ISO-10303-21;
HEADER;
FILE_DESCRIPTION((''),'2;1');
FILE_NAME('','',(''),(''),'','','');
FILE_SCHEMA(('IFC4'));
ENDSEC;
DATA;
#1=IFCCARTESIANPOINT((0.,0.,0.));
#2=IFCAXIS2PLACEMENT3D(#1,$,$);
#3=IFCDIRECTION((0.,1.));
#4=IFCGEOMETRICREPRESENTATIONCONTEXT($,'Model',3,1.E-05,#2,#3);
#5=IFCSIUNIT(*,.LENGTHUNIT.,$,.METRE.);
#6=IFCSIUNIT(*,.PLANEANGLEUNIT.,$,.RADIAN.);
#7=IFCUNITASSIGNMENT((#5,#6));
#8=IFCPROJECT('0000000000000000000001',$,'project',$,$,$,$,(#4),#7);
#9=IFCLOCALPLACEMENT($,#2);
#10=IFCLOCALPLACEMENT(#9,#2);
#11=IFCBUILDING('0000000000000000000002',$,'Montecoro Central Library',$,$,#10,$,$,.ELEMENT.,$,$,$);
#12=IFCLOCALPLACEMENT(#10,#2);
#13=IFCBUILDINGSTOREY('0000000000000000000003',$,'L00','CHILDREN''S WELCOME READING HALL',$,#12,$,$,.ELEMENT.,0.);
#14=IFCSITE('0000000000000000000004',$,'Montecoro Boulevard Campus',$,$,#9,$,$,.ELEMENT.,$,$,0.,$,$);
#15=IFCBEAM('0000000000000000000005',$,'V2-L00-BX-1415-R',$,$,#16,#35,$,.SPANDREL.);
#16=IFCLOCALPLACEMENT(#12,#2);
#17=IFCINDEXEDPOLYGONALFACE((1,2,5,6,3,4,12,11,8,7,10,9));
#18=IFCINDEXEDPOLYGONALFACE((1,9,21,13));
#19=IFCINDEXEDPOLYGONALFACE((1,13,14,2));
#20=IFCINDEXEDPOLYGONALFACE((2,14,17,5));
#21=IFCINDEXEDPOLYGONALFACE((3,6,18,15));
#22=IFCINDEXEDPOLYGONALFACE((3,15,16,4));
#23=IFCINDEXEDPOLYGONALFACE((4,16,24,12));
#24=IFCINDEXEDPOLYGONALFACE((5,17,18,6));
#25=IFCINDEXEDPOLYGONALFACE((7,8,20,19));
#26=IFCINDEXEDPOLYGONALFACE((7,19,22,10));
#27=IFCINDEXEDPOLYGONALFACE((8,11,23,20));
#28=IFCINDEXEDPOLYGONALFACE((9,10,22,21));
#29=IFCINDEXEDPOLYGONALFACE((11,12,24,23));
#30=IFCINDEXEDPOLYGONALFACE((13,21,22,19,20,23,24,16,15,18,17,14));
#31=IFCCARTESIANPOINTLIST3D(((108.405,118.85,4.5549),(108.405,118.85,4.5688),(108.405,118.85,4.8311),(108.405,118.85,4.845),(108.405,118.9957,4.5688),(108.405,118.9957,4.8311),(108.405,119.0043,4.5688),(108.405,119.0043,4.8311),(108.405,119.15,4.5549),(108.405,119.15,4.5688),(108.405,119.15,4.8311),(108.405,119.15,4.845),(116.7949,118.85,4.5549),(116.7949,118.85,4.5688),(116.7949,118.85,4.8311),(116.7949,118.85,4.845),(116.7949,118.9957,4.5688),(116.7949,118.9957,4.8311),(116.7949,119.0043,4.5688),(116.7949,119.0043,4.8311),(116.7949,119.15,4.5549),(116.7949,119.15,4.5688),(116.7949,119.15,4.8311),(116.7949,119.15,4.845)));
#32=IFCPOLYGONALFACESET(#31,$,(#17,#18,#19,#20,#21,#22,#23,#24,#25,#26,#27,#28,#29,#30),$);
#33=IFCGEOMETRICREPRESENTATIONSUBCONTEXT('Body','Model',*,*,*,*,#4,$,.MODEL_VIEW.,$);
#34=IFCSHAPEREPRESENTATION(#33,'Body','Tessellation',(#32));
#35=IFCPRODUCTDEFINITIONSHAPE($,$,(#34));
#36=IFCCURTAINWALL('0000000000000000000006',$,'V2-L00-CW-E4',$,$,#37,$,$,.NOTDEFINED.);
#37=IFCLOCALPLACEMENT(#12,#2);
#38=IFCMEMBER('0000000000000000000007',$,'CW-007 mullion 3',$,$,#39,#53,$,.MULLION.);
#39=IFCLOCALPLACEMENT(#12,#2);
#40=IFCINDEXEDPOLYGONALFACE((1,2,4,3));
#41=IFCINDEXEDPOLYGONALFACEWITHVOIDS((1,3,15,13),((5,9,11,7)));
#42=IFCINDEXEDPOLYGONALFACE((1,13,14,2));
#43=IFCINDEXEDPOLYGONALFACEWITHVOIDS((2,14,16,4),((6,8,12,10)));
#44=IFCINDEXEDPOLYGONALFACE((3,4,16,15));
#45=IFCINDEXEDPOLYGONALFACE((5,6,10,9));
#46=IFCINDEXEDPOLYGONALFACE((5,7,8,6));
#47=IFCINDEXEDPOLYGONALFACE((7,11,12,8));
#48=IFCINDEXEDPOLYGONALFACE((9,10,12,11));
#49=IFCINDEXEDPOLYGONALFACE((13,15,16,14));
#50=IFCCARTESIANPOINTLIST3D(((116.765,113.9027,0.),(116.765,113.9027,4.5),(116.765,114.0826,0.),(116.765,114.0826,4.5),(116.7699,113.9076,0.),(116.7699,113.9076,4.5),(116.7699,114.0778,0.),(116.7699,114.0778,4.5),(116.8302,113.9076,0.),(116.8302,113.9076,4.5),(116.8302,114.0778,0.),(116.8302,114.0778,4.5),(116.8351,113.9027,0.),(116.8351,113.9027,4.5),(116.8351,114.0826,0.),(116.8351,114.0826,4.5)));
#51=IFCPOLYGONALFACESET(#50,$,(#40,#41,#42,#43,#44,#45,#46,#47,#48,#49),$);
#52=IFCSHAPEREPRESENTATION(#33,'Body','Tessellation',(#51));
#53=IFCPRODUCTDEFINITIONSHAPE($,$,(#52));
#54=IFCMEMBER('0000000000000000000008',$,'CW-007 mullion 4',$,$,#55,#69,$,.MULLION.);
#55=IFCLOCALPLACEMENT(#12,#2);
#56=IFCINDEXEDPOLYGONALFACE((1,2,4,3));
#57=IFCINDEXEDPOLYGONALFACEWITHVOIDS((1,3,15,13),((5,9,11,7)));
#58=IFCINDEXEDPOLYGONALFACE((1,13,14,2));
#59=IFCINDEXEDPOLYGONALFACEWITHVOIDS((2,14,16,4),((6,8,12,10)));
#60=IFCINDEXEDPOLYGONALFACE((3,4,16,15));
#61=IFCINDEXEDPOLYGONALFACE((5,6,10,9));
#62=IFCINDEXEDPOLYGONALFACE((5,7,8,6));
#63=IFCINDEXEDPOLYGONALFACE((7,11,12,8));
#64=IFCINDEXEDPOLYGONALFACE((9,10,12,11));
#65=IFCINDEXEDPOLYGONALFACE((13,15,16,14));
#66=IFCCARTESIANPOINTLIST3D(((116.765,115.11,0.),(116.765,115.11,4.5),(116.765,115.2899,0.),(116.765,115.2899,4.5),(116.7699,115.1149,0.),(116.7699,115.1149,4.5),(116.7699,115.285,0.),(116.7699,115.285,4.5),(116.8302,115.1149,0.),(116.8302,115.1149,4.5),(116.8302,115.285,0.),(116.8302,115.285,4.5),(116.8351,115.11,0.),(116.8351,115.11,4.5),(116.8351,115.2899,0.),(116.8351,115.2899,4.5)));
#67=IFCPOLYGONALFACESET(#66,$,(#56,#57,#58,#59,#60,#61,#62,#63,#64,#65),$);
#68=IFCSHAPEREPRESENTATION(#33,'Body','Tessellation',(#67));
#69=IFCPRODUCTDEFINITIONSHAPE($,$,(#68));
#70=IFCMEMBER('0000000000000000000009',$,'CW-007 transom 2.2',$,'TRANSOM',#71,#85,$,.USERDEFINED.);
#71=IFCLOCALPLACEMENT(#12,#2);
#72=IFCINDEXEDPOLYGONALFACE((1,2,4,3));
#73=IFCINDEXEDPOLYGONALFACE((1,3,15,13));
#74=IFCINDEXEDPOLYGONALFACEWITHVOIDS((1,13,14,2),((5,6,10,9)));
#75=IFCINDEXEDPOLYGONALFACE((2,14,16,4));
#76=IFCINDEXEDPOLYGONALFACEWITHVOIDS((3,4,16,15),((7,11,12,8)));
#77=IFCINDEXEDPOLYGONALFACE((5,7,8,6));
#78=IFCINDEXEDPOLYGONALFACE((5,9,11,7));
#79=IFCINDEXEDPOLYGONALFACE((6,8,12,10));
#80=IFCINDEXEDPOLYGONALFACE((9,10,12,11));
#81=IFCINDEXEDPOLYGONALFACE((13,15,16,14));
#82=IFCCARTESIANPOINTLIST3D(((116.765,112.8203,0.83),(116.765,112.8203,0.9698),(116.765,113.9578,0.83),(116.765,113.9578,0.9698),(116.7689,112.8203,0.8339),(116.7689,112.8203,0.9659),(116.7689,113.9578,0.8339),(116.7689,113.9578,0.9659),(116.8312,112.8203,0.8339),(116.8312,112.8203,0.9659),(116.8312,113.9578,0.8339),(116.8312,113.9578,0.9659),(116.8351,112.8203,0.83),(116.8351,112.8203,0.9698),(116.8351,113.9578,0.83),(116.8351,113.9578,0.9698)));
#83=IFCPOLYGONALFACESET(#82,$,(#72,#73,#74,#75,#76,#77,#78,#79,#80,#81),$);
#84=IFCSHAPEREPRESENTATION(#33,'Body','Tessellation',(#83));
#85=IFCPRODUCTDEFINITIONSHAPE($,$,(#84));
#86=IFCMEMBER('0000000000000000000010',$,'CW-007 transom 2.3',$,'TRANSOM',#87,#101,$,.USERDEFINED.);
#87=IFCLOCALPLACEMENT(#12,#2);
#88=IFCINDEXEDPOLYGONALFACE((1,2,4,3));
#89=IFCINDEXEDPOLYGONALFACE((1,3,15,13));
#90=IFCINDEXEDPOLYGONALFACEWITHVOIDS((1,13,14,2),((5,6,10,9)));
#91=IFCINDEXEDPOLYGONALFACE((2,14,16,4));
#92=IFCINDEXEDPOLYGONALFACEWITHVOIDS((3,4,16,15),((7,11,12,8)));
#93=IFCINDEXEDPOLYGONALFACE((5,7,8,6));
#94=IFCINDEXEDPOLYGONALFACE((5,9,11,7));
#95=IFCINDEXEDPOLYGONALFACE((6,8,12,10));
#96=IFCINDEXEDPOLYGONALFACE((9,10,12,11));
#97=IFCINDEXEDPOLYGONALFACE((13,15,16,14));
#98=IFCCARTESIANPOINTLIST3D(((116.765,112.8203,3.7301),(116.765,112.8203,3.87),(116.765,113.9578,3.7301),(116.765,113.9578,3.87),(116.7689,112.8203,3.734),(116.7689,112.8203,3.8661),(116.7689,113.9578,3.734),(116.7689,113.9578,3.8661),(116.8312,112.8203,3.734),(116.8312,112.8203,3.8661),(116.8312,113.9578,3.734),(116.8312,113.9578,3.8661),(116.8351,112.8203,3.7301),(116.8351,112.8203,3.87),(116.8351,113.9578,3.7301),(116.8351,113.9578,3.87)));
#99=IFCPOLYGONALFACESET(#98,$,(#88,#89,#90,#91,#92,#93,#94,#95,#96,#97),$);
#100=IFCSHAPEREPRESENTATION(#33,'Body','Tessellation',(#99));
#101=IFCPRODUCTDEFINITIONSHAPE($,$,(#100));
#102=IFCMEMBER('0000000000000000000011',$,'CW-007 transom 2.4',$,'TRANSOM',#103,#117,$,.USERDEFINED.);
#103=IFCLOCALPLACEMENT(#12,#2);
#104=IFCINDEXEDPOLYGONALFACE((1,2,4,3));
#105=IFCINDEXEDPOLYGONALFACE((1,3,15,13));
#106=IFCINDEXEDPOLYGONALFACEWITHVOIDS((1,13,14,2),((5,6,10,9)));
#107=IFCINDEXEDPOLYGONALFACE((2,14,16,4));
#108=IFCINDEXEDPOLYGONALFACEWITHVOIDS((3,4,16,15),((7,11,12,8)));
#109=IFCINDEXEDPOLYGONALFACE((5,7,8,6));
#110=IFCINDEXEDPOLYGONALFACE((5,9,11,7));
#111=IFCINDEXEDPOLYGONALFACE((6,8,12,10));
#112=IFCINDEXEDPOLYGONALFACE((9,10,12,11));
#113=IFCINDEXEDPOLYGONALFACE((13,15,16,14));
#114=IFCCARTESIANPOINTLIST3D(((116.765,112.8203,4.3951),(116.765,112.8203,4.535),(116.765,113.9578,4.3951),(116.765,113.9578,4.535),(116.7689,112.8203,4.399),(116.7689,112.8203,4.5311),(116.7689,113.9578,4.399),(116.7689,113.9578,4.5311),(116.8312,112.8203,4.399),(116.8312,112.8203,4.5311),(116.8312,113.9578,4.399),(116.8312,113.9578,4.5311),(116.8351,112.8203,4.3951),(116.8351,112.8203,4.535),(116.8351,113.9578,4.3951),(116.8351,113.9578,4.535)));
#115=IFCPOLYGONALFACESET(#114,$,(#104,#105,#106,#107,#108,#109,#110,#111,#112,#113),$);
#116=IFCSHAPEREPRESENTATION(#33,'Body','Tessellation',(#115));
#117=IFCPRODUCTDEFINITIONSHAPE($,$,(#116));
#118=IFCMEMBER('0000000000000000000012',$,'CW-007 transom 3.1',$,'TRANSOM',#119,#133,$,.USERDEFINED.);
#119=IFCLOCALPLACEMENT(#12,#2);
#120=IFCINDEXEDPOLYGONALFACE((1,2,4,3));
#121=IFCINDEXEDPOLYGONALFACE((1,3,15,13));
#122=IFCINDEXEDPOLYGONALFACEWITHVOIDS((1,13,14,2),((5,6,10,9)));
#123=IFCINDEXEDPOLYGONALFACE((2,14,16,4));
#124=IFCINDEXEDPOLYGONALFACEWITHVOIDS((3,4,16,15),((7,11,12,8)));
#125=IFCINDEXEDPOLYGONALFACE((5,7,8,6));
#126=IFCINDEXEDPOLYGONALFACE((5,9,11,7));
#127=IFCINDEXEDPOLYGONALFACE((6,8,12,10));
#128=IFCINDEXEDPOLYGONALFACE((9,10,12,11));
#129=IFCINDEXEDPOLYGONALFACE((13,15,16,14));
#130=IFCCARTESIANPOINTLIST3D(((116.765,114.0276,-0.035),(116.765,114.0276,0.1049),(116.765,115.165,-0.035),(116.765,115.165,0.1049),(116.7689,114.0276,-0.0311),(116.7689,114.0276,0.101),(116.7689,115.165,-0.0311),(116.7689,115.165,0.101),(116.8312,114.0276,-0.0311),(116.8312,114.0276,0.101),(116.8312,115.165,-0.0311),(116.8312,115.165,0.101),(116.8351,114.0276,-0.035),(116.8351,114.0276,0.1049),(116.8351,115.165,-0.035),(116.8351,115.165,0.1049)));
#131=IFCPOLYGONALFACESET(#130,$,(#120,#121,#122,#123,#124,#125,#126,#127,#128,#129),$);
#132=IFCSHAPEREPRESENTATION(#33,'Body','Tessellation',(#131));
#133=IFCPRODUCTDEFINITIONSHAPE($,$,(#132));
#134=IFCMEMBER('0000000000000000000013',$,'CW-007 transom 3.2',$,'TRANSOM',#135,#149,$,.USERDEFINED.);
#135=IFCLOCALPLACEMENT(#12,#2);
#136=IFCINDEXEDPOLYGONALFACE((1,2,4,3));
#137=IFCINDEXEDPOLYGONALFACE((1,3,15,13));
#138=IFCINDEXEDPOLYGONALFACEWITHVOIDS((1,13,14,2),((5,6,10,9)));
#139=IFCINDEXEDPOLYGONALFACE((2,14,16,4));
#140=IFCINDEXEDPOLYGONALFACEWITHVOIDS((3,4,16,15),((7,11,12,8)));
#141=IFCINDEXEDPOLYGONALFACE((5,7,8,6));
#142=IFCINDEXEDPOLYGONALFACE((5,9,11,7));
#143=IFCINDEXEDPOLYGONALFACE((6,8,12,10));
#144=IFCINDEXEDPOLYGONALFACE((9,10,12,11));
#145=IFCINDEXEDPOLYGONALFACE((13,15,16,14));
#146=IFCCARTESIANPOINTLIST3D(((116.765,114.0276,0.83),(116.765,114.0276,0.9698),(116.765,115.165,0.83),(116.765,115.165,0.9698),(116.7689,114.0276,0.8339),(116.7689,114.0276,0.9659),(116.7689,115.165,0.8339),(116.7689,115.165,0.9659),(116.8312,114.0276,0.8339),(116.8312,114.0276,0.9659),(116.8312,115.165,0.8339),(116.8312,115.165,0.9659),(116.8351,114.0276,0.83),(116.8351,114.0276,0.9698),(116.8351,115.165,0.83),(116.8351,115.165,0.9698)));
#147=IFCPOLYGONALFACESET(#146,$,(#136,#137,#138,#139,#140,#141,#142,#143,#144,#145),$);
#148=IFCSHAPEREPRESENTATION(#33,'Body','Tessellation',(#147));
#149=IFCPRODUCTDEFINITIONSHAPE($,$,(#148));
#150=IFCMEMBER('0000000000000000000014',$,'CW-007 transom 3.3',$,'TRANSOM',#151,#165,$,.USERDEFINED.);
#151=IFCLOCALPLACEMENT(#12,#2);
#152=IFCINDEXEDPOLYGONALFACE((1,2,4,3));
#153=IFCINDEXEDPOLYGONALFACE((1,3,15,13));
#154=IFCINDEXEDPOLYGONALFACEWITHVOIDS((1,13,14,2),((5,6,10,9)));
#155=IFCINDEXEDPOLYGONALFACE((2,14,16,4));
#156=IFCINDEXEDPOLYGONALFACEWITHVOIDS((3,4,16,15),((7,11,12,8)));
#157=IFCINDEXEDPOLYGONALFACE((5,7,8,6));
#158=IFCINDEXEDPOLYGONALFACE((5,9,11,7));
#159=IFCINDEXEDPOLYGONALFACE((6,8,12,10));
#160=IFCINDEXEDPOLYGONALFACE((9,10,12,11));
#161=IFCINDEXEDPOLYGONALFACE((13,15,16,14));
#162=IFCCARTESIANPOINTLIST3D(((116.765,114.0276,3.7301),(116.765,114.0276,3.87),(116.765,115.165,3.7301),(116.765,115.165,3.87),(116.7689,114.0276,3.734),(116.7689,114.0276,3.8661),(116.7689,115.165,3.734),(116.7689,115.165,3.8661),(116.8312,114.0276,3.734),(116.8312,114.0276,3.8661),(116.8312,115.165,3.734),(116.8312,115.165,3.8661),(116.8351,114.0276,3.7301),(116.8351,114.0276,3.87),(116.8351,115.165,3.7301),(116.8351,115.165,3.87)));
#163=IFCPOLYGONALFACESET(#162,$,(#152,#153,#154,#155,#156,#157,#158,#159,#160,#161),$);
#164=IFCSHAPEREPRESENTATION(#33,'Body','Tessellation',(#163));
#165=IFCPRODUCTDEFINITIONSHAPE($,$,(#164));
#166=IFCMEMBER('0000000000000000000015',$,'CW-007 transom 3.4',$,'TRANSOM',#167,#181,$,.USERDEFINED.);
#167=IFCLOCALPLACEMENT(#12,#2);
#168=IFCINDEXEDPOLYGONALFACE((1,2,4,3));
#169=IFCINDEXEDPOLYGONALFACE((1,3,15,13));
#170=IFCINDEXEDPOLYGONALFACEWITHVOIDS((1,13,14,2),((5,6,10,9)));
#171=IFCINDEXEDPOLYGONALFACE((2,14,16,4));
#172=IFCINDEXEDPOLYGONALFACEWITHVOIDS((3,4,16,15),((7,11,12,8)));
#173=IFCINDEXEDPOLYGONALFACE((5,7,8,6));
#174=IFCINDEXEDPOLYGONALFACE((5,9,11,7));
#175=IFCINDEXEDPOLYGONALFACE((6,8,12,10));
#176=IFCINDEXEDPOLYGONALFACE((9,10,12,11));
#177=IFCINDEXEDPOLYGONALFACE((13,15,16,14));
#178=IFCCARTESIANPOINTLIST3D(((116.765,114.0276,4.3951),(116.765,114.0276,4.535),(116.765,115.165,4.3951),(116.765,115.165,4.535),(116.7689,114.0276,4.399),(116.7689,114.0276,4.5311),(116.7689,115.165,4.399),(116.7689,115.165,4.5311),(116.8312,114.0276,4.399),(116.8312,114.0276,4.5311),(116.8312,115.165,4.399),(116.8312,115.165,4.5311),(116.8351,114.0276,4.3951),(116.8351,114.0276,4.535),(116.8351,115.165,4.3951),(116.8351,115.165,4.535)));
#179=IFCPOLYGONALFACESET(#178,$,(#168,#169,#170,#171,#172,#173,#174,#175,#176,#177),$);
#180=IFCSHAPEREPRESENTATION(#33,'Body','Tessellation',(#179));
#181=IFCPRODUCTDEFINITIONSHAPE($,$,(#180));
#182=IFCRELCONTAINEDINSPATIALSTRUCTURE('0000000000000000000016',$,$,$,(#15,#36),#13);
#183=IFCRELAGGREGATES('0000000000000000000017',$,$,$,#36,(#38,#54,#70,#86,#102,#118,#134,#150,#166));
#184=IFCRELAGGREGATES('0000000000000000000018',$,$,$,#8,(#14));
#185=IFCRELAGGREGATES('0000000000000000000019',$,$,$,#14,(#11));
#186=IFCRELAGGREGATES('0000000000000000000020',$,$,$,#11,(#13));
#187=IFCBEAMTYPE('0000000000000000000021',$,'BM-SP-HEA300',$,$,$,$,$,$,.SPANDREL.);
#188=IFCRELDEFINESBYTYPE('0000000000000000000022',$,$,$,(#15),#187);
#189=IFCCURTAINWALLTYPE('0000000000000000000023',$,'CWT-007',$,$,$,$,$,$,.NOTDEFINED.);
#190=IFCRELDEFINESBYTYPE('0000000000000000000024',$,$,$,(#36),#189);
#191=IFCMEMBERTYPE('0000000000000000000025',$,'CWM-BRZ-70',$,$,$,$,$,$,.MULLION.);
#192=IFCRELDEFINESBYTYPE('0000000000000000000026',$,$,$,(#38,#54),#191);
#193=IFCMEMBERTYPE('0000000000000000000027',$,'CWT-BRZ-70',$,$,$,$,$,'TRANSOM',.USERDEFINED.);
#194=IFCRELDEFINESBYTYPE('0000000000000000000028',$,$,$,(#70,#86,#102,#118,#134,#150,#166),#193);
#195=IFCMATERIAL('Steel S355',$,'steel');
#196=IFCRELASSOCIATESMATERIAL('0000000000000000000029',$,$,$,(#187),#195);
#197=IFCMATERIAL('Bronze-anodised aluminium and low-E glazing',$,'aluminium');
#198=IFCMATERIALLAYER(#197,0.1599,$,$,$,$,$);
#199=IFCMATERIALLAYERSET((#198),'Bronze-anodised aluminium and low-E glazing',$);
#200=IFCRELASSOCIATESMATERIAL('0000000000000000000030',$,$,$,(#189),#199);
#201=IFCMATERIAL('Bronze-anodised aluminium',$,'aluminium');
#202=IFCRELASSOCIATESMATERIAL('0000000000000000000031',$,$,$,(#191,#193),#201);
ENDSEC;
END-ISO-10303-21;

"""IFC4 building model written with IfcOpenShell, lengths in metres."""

from ifc_helpers import new_model, si_unit, direction, frame, origin, origin_2d, place, context, subcontext, project, spatial, hollow_rectangle, i_section, extrude, material, layer, layer_set, material_profile, profile_set, type_object, element, aggregate, save


model = new_model("IFC4")

# Units and contexts
model_context = context("Model", 3, precision=1e-05, world=origin(), true_north=direction((0.0, 1.0)))
body_context = subcontext(model_context, "Body", "Model", "MODEL_VIEW")
ifc_project = project(units=[si_unit("LENGTHUNIT", "METRE"), si_unit("PLANEANGLEUNIT", "RADIAN")], contexts=[model_context])

# Site, building, storey
site_placement = place(None, origin())
site = spatial("IfcSite", under=ifc_project, at=site_placement, Name="Montecoro Boulevard Campus", CompositionType="ELEMENT", RefElevation=0.0)
building_placement = place(site_placement, origin())
building = spatial("IfcBuilding", under=site, at=building_placement, Name="Montecoro Central Library", CompositionType="ELEMENT")
storey_placement = place(building_placement, origin())
storey = spatial("IfcBuildingStorey", under=building, at=storey_placement, Name="L00", Description="CHILDREN'S WELCOME READING HALL", CompositionType="ELEMENT", Elevation=0.0)

# Beam
ifc_material_1 = material(Name="Steel S355", Category="steel")
ifc_material_profile_1 = material_profile(ifc_material_1, i_section(OverallWidth=0.3, OverallDepth=0.29, WebThickness=0.0085, FlangeThickness=0.0139, at=origin_2d()), Name="HEA 300")
ifc_profile_set_1 = profile_set([ifc_material_profile_1], Name="Steel S355")
beam_type = type_object("IfcBeamType", Name="BM-SP-HEA300", PredefinedType="SPANDREL", material=ifc_profile_set_1)
beam_placement = place(storey_placement, frame((108.405, 119.0, 4.7), z_axis=(1.0, 0.0, 0.0), x_axis=(0.0, 1.0, 0.0)))
element("IfcBeam", 1, at=beam_placement, inside=storey, type_object=beam_type, Name="V2-L00-BX-1415-R", PredefinedType="SPANDREL", context=body_context, shape_type="SweptSolid", body=[
    extrude(i_section(OverallWidth=0.3, OverallDepth=0.29, WebThickness=0.0085, FlangeThickness=0.0139, at=origin_2d()), origin(), (0.0, 0.0, 1.0), 8.3899),
])

# Curtain wall, members
ifc_material_2 = material(Name="Bronze-anodised aluminium and low-E glazing", Category="aluminium")
ifc_layer_1 = layer(ifc_material_2, 0.1599)
ifc_layer_set_1 = layer_set([ifc_layer_1], Name="Bronze-anodised aluminium and low-E glazing")
curtain_wall_type = type_object("IfcCurtainWallType", Name="CWT-007", PredefinedType="NOTDEFINED", material=ifc_layer_set_1)
curtain_wall_placement = place(storey_placement, origin())
curtain_wall = element("IfcCurtainWall", 2, at=curtain_wall_placement, inside=storey, type_object=curtain_wall_type, Name="V2-L00-CW-E4", PredefinedType="NOTDEFINED")
ifc_material_3 = material(Name="Bronze-anodised aluminium", Category="aluminium")
ifc_material_profile_2 = material_profile(ifc_material_3, hollow_rectangle(XDim=0.0701, YDim=0.1799, WallThickness=0.0049, at=origin_2d()), Name="CWM 180x70x5.0")
ifc_profile_set_2 = profile_set([ifc_material_profile_2], Name="Bronze-anodised aluminium")
member_type_1 = type_object("IfcMemberType", Name="CWM-BRZ-70", PredefinedType="MULLION", material=ifc_profile_set_2)
member_1_placement = place(storey_placement, frame((116.8, 113.9927, 0.0), z_axis=(0.0, 0.0, 1.0), x_axis=(-1.0, 0.0, 0.0)))
member_1 = element("IfcMember", 3, at=member_1_placement, type_object=member_type_1, Name="CW-007 mullion 3", PredefinedType="MULLION", context=body_context, shape_type="SweptSolid", body=[
    extrude(hollow_rectangle(XDim=0.0701, YDim=0.1799, WallThickness=0.0049, at=origin_2d()), origin(), (0.0, 0.0, 1.0), 4.5),
])
member_2_placement = place(storey_placement, frame((116.8, 115.2, 0.0), z_axis=(0.0, 0.0, 1.0), x_axis=(-1.0, 0.0, 0.0)))
member_2 = element("IfcMember", 4, at=member_2_placement, type_object=member_type_1, Name="CW-007 mullion 4", PredefinedType="MULLION", context=body_context, shape_type="SweptSolid", body=[
    extrude(hollow_rectangle(XDim=0.0701, YDim=0.1799, WallThickness=0.0049, at=origin_2d()), origin(), (0.0, 0.0, 1.0), 4.5),
])
ifc_material_profile_3 = material_profile(ifc_material_3, hollow_rectangle(XDim=0.0701, YDim=0.1399, WallThickness=0.0039, at=origin_2d()), Name="CWT 140x70x4.0")
ifc_profile_set_3 = profile_set([ifc_material_profile_3], Name="Bronze-anodised aluminium")
member_type_2 = type_object("IfcMemberType", Name="CWT-BRZ-70", ElementType="TRANSOM", PredefinedType="USERDEFINED", material=ifc_profile_set_3)
member_3_placement = place(storey_placement, frame((116.8, 112.8203, 0.8999), z_axis=(0.0, 1.0, 0.0), x_axis=(-1.0, 0.0, 0.0)))
member_3 = element("IfcMember", 5, at=member_3_placement, type_object=member_type_2, Name="CW-007 transom 2.2", ObjectType="TRANSOM", PredefinedType="USERDEFINED", context=body_context, shape_type="SweptSolid", body=[
    extrude(hollow_rectangle(XDim=0.0701, YDim=0.1399, WallThickness=0.0039, at=origin_2d()), origin(), (0.0, 0.0, 1.0), 1.1375),
])
member_4_placement = place(storey_placement, frame((116.8, 112.8203, 3.8), z_axis=(0.0, 1.0, 0.0), x_axis=(-1.0, 0.0, 0.0)))
member_4 = element("IfcMember", 6, at=member_4_placement, type_object=member_type_2, Name="CW-007 transom 2.3", ObjectType="TRANSOM", PredefinedType="USERDEFINED", context=body_context, shape_type="SweptSolid", body=[
    extrude(hollow_rectangle(XDim=0.0701, YDim=0.1399, WallThickness=0.0039, at=origin_2d()), origin(), (0.0, 0.0, 1.0), 1.1375),
])
member_5_placement = place(storey_placement, frame((116.8, 112.8203, 4.4651), z_axis=(0.0, 1.0, 0.0), x_axis=(-1.0, 0.0, 0.0)))
member_5 = element("IfcMember", 7, at=member_5_placement, type_object=member_type_2, Name="CW-007 transom 2.4", ObjectType="TRANSOM", PredefinedType="USERDEFINED", context=body_context, shape_type="SweptSolid", body=[
    extrude(hollow_rectangle(XDim=0.0701, YDim=0.1399, WallThickness=0.0039, at=origin_2d()), origin(), (0.0, 0.0, 1.0), 1.1375),
])
member_6_placement = place(storey_placement, frame((116.8, 114.0276, 0.0349), z_axis=(0.0, 1.0, 0.0), x_axis=(-1.0, 0.0, 0.0)))
member_6 = element("IfcMember", 8, at=member_6_placement, type_object=member_type_2, Name="CW-007 transom 3.1", ObjectType="TRANSOM", PredefinedType="USERDEFINED", context=body_context, shape_type="SweptSolid", body=[
    extrude(hollow_rectangle(XDim=0.0701, YDim=0.1399, WallThickness=0.0039, at=origin_2d()), origin(), (0.0, 0.0, 1.0), 1.1375),
])
member_7_placement = place(storey_placement, frame((116.8, 114.0276, 0.8999), z_axis=(0.0, 1.0, 0.0), x_axis=(-1.0, 0.0, 0.0)))
member_7 = element("IfcMember", 9, at=member_7_placement, type_object=member_type_2, Name="CW-007 transom 3.2", ObjectType="TRANSOM", PredefinedType="USERDEFINED", context=body_context, shape_type="SweptSolid", body=[
    extrude(hollow_rectangle(XDim=0.0701, YDim=0.1399, WallThickness=0.0039, at=origin_2d()), origin(), (0.0, 0.0, 1.0), 1.1375),
])
member_8_placement = place(storey_placement, frame((116.8, 114.0276, 3.8), z_axis=(0.0, 1.0, 0.0), x_axis=(-1.0, 0.0, 0.0)))
member_8 = element("IfcMember", 10, at=member_8_placement, type_object=member_type_2, Name="CW-007 transom 3.3", ObjectType="TRANSOM", PredefinedType="USERDEFINED", context=body_context, shape_type="SweptSolid", body=[
    extrude(hollow_rectangle(XDim=0.0701, YDim=0.1399, WallThickness=0.0039, at=origin_2d()), origin(), (0.0, 0.0, 1.0), 1.1375),
])
member_9_placement = place(storey_placement, frame((116.8, 114.0276, 4.4651), z_axis=(0.0, 1.0, 0.0), x_axis=(-1.0, 0.0, 0.0)))
member_9 = element("IfcMember", 11, at=member_9_placement, type_object=member_type_2, Name="CW-007 transom 3.4", ObjectType="TRANSOM", PredefinedType="USERDEFINED", context=body_context, shape_type="SweptSolid", body=[
    extrude(hollow_rectangle(XDim=0.0701, YDim=0.1399, WallThickness=0.0039, at=origin_2d()), origin(), (0.0, 0.0, 1.0), 1.1375),
])
aggregate(curtain_wall, [member_1, member_2, member_3, member_4, member_5, member_6, member_7, member_8, member_9])

save(model, "model.ifc")
